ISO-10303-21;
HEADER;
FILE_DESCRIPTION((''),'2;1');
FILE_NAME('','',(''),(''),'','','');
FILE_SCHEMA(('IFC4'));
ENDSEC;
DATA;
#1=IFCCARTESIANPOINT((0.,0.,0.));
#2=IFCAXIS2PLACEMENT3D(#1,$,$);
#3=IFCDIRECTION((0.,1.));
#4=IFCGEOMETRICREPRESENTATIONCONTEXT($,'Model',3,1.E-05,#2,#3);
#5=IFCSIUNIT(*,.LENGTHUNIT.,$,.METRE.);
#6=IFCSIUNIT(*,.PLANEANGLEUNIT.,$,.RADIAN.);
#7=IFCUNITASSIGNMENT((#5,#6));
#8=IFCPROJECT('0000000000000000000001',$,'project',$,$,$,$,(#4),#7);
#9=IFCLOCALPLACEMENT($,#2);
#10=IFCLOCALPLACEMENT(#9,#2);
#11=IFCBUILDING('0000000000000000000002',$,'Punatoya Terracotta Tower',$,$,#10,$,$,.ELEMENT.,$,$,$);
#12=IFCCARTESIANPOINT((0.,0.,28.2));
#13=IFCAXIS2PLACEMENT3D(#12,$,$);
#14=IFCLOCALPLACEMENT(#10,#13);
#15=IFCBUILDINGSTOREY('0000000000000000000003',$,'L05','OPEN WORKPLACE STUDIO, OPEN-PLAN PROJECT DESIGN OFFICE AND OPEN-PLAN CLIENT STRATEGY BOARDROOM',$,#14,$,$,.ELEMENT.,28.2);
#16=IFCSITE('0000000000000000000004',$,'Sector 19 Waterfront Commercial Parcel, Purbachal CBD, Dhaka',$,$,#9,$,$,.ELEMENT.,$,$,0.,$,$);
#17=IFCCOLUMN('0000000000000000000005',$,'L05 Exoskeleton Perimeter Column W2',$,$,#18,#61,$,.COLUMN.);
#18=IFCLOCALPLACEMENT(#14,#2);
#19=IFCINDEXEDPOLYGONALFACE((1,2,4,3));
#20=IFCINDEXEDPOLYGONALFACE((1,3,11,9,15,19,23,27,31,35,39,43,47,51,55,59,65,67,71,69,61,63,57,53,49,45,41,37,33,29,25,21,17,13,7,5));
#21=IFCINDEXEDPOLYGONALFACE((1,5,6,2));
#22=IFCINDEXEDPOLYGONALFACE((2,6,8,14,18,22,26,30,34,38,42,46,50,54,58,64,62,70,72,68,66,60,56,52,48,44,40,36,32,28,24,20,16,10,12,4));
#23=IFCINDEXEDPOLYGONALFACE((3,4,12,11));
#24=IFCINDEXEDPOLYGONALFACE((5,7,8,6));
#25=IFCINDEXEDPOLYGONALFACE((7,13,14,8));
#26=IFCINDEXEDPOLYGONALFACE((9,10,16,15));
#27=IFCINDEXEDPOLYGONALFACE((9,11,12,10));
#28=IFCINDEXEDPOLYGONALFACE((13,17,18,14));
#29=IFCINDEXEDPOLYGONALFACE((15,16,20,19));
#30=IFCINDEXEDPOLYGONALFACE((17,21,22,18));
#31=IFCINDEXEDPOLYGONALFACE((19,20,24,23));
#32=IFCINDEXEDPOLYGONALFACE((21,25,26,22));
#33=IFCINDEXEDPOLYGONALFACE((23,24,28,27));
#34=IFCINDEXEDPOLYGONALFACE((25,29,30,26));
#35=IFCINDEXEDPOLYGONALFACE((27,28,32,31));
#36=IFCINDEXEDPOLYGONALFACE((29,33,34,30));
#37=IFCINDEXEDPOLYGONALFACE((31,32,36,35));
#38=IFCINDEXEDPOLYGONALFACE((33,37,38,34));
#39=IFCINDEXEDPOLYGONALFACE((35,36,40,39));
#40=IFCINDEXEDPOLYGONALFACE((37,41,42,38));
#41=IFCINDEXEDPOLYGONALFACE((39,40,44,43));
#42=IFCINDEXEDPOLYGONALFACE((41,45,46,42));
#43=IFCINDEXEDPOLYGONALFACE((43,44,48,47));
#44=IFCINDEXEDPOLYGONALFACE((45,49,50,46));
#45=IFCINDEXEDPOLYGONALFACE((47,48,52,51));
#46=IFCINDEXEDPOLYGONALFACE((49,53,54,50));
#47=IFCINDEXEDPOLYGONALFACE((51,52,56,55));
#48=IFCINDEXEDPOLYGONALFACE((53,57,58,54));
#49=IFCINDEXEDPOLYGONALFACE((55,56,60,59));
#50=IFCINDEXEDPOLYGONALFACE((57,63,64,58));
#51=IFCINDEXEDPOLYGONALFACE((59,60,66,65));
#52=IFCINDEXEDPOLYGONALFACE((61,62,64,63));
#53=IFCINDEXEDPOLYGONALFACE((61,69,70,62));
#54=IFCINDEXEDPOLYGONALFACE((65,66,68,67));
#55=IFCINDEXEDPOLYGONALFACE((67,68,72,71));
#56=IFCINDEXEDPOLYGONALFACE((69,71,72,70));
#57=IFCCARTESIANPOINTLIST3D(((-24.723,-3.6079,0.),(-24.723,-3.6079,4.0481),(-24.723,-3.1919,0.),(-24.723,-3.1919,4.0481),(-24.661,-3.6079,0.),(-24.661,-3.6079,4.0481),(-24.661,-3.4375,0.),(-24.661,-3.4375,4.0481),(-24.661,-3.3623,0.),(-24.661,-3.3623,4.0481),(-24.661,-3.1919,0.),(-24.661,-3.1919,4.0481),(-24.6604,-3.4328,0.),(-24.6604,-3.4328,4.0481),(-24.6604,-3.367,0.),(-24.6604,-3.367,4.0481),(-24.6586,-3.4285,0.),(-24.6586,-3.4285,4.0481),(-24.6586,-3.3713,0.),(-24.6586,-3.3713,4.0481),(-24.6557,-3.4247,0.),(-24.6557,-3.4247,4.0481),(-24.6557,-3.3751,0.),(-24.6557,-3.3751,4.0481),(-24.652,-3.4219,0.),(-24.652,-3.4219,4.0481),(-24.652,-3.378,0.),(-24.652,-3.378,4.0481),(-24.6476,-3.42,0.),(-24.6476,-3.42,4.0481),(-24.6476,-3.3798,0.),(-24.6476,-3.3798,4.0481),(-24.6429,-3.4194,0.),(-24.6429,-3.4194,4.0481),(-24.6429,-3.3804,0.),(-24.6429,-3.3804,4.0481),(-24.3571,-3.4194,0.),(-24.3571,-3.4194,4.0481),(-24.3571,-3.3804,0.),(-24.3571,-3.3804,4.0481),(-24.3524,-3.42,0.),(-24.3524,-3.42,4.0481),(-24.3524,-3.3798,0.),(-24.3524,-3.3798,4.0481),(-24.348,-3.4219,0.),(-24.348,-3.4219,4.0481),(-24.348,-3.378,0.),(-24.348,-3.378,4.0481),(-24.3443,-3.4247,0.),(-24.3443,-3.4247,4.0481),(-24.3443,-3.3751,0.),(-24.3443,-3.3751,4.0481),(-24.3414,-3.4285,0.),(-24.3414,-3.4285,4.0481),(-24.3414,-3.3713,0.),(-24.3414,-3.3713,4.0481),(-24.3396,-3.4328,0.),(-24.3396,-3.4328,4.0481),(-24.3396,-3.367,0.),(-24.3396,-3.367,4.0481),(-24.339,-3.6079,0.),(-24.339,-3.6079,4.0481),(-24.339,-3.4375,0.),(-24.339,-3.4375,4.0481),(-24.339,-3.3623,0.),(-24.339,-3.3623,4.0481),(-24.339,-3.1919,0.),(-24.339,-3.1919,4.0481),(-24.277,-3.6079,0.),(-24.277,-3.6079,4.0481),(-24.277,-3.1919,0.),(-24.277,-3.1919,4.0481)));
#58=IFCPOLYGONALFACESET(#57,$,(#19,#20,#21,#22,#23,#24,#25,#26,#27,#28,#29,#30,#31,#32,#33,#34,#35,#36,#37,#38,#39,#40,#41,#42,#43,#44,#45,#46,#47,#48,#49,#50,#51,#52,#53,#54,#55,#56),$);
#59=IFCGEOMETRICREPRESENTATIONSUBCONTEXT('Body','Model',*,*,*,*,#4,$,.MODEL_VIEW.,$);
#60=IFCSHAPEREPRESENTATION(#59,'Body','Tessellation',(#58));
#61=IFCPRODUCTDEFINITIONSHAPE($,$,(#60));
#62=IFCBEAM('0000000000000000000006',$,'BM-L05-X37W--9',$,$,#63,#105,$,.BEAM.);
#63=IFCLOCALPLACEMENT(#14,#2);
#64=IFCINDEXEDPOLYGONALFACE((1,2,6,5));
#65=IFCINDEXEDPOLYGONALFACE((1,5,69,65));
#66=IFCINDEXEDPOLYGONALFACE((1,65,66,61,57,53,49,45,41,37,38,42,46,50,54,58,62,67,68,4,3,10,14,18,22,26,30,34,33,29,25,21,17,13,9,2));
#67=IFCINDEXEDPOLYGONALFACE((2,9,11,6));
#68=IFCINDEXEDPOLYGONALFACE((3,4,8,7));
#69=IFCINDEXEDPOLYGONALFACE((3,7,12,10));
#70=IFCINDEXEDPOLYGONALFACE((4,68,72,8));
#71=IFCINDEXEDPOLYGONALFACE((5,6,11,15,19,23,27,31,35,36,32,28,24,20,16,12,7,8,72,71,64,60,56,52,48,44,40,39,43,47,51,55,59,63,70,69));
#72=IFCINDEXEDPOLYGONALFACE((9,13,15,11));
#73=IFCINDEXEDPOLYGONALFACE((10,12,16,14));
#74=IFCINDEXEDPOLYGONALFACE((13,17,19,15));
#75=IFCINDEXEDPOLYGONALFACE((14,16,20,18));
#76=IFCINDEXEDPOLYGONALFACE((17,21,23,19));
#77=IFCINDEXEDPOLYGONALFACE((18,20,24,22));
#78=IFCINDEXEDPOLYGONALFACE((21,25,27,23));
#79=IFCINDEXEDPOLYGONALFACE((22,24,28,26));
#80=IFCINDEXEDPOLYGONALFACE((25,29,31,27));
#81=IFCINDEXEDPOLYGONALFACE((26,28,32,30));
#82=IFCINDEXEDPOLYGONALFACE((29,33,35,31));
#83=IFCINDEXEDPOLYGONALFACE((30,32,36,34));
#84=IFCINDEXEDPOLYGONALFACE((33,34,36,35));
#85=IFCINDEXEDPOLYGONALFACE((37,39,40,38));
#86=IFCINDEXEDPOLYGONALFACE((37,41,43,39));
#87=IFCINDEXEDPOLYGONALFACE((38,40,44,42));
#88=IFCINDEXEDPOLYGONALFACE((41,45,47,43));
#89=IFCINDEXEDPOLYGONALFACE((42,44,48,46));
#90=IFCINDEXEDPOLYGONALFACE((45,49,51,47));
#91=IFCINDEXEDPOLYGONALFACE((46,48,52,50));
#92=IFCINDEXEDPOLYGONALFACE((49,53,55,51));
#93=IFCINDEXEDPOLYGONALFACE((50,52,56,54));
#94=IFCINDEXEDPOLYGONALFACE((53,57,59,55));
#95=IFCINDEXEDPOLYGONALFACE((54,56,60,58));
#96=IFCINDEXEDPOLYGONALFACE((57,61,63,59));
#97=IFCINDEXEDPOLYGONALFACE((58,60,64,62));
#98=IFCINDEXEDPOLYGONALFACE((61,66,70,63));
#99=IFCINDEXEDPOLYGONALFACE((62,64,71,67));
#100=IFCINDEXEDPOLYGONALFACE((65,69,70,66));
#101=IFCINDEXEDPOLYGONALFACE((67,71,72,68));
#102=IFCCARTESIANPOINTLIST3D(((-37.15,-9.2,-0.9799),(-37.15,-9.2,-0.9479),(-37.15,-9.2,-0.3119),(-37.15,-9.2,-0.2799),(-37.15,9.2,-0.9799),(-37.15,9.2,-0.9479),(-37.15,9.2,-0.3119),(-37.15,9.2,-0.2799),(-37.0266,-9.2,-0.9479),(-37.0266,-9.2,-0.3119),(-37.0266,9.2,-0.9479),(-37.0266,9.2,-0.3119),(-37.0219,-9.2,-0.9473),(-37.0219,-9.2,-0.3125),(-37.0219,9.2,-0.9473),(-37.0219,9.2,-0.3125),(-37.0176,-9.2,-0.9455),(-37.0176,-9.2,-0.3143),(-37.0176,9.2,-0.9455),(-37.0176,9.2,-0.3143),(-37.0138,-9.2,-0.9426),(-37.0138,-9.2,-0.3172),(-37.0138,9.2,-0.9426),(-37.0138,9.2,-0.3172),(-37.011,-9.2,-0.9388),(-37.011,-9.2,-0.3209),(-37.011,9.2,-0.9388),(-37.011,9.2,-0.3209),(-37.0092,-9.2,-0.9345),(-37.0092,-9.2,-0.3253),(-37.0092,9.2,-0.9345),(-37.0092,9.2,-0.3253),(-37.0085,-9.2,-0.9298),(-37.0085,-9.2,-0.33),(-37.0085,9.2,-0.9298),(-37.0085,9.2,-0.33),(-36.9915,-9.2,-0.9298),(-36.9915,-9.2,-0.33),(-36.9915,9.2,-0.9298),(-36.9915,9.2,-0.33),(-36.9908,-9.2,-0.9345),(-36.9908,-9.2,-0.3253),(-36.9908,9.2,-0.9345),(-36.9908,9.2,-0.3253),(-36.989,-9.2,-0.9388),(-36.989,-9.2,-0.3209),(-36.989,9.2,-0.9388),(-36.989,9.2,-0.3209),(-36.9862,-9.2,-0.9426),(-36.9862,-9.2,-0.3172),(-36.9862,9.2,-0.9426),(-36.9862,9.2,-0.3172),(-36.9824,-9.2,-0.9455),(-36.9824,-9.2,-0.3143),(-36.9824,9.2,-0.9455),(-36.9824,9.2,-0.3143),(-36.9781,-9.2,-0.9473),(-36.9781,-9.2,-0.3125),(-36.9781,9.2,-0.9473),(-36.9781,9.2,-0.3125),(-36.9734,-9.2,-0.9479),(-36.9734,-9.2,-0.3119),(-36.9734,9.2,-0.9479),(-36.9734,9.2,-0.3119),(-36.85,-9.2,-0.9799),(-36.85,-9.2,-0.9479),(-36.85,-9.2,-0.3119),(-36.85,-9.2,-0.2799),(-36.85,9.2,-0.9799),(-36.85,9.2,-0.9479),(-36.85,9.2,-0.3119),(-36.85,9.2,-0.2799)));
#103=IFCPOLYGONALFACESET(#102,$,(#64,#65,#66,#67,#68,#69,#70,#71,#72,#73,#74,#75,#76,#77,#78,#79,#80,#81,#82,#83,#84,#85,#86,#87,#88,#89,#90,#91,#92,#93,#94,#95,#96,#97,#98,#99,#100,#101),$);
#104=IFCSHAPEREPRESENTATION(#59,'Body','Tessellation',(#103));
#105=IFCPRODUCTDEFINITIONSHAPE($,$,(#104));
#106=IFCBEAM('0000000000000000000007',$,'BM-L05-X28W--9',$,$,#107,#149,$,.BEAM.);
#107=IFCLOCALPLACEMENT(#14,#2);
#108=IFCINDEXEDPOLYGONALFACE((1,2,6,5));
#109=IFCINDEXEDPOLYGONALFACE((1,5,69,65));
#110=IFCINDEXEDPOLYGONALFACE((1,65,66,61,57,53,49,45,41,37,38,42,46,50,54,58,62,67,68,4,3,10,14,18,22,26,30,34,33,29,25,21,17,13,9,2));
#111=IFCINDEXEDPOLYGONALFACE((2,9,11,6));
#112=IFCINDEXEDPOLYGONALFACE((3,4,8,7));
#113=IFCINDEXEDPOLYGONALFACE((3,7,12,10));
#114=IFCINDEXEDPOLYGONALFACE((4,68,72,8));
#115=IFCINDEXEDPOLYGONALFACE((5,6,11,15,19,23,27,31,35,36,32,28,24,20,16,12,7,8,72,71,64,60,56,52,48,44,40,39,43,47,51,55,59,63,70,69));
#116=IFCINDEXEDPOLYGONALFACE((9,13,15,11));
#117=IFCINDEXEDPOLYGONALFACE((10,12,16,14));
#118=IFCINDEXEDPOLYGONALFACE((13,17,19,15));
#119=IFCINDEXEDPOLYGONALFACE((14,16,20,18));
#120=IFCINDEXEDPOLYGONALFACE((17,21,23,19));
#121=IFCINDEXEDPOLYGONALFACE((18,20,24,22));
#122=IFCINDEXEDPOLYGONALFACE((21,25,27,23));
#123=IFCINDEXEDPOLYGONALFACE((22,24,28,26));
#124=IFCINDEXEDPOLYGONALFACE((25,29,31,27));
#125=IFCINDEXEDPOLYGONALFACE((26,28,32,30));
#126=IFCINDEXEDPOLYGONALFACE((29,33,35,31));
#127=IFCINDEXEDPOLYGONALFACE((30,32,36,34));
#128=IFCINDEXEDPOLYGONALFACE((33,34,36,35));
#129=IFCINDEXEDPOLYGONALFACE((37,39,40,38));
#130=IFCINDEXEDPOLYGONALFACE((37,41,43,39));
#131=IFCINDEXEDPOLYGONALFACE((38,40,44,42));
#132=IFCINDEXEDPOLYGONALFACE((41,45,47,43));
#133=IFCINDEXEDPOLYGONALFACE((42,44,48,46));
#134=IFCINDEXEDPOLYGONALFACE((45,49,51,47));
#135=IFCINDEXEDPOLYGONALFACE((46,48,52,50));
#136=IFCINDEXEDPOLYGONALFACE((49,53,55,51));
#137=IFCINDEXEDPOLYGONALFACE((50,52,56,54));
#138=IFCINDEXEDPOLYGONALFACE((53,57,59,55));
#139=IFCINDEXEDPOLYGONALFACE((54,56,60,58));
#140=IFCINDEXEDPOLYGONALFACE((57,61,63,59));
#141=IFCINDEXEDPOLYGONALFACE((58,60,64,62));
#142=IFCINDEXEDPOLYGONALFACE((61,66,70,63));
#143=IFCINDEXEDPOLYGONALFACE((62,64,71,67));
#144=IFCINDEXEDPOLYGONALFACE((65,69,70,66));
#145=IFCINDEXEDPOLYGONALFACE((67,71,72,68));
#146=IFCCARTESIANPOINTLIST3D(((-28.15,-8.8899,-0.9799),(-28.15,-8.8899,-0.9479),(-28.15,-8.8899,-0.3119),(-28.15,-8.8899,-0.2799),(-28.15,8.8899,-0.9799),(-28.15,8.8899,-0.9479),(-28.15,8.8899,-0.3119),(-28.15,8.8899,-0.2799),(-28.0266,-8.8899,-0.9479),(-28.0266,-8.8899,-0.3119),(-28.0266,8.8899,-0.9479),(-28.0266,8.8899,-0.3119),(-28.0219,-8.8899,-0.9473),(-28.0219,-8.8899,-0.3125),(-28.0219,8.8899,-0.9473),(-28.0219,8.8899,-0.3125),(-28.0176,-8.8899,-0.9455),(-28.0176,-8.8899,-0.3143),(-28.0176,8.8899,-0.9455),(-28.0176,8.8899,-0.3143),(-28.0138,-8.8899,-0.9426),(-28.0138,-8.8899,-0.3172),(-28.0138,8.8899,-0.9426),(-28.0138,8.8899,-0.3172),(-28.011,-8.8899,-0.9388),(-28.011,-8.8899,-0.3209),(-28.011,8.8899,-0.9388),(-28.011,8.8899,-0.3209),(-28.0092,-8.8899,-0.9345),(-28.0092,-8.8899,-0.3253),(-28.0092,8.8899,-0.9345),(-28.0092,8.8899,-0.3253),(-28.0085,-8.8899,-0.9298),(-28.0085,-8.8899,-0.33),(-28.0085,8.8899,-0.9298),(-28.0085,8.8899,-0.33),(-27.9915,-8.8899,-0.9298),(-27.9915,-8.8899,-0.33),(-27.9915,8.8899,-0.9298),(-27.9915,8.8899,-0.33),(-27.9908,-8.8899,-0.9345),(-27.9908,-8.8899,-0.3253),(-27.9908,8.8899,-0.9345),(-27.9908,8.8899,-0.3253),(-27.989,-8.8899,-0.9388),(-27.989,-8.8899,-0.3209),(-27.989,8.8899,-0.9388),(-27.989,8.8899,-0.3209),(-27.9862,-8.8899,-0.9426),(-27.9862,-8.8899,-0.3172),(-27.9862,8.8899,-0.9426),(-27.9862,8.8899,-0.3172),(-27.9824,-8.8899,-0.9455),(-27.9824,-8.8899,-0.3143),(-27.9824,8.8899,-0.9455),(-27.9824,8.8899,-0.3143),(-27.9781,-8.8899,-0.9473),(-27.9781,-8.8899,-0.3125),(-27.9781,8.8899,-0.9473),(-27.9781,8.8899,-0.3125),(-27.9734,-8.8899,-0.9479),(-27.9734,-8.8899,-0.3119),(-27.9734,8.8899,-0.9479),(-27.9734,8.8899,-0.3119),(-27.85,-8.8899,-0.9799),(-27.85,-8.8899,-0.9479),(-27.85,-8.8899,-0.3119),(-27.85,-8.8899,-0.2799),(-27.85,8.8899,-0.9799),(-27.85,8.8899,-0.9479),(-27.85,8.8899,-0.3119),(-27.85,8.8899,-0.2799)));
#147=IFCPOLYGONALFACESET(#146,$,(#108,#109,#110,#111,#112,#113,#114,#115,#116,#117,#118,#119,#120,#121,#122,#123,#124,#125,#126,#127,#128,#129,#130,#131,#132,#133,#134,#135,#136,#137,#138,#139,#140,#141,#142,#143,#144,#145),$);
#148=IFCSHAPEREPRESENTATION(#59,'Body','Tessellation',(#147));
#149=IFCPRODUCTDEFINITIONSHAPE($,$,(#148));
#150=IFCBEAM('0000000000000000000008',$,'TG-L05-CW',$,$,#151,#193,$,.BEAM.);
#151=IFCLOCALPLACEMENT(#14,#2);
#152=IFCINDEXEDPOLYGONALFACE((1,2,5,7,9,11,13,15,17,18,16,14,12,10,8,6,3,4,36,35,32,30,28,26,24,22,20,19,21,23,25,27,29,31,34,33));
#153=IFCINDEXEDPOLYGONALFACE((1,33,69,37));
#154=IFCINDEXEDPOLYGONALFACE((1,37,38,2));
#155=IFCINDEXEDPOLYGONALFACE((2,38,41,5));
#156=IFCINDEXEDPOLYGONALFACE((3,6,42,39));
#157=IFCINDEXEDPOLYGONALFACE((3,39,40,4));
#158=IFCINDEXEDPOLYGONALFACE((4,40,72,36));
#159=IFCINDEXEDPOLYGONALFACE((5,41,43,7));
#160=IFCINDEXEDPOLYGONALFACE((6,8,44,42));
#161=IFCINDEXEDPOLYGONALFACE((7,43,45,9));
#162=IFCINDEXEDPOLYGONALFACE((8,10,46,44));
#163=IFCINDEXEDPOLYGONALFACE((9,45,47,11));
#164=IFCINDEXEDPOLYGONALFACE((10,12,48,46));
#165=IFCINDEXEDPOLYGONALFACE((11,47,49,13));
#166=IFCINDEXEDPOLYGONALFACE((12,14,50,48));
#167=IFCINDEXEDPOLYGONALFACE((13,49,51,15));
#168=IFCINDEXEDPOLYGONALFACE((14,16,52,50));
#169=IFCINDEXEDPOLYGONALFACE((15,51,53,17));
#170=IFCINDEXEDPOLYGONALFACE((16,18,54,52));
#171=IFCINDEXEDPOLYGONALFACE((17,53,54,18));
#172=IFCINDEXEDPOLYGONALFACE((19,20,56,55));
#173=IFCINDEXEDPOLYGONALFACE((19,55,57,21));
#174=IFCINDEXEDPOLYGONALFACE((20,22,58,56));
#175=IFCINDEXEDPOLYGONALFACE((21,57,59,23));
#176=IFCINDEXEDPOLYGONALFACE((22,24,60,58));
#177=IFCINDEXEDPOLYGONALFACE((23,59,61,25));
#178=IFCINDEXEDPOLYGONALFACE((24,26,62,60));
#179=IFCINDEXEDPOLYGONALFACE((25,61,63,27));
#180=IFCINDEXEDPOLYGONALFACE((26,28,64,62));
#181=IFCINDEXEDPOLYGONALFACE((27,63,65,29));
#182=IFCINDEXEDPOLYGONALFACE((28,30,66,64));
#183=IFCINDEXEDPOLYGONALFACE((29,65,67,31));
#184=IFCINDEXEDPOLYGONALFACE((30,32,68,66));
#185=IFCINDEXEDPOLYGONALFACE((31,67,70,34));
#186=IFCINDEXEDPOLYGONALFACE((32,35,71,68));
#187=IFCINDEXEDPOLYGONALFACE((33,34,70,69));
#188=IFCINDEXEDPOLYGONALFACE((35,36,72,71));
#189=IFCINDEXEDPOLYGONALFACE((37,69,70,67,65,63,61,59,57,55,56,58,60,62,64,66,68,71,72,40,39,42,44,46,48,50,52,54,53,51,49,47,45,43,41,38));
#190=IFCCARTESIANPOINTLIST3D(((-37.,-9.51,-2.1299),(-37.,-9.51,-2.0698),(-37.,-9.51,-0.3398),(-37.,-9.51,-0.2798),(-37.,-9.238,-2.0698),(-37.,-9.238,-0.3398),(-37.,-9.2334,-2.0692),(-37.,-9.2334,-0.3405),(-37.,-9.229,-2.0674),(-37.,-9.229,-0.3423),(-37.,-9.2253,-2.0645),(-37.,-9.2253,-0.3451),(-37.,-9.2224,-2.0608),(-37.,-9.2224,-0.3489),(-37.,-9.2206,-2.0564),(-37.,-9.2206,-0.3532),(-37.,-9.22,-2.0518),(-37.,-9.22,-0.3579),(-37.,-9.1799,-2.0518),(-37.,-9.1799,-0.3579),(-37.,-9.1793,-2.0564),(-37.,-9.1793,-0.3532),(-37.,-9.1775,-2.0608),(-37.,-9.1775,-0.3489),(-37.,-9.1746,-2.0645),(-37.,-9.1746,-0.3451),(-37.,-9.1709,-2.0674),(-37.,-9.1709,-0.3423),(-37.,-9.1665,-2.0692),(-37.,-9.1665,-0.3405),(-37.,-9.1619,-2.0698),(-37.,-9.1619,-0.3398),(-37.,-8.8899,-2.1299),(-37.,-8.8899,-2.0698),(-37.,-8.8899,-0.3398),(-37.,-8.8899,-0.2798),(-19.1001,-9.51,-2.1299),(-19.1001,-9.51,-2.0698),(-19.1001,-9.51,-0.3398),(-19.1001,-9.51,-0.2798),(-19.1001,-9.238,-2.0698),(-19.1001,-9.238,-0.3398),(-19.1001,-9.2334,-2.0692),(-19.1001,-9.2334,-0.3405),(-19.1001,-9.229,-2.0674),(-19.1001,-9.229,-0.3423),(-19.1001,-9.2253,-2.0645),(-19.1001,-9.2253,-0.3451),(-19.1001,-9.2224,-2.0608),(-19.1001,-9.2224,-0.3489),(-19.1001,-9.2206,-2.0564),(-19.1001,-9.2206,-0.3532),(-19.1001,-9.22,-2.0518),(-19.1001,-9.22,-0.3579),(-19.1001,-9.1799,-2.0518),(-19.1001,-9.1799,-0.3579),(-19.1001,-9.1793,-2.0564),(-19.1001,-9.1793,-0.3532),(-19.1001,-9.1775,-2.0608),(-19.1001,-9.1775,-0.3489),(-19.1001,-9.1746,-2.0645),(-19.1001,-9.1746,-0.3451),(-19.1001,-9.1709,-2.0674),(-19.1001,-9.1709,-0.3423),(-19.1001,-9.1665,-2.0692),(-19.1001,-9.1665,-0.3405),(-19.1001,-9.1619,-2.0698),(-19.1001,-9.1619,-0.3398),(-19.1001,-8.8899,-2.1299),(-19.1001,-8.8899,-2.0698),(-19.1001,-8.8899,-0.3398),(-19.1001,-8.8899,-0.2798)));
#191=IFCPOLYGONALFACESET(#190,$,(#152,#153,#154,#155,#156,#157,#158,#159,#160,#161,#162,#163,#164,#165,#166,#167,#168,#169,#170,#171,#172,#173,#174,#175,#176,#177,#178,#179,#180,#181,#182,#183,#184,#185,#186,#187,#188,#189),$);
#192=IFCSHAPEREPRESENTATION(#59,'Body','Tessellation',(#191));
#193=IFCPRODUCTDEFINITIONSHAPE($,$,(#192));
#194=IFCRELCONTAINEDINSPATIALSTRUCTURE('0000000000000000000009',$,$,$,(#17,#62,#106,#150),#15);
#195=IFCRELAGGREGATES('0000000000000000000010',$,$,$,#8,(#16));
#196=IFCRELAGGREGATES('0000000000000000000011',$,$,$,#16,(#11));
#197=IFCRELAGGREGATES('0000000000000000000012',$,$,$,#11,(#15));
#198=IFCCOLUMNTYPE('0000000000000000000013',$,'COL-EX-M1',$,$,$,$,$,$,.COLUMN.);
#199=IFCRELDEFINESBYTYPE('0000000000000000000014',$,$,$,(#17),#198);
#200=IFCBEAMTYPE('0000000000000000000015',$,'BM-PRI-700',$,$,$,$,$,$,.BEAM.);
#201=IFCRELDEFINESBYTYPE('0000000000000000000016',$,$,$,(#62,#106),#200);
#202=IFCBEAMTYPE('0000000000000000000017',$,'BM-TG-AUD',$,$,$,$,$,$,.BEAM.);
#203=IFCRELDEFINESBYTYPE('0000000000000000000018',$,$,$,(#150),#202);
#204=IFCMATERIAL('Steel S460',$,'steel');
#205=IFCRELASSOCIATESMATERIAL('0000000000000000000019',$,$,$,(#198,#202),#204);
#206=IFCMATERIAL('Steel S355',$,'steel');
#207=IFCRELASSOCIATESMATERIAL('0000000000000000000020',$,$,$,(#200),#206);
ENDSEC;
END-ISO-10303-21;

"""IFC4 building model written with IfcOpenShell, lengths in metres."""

from ifc_helpers import new_model, si_unit, direction, frame, origin, origin_2d, place, context, subcontext, project, spatial, i_section, extrude, material, material_profile, profile_set, type_object, element, save


model = new_model("IFC4")

# Units and contexts
model_context = context("Model", 3, precision=1e-05, world=origin(), true_north=direction((0.0, 1.0)))
body_context = subcontext(model_context, "Body", "Model", "MODEL_VIEW")
ifc_project = project(units=[si_unit("LENGTHUNIT", "METRE"), si_unit("PLANEANGLEUNIT", "RADIAN")], contexts=[model_context])

# Site, building, storey
site_placement = place(None, origin())
site = spatial("IfcSite", under=ifc_project, at=site_placement, Name="Sector 19 Waterfront Commercial Parcel, Purbachal CBD, Dhaka", CompositionType="ELEMENT", RefElevation=0.0)
building_placement = place(site_placement, origin())
building = spatial("IfcBuilding", under=site, at=building_placement, Name="Punatoya Terracotta Tower", CompositionType="ELEMENT")
storey_placement = place(building_placement, frame((0.0, 0.0, 28.2)))
storey = spatial("IfcBuildingStorey", under=building, at=storey_placement, Name="L05", Description="OPEN WORKPLACE STUDIO, OPEN-PLAN PROJECT DESIGN OFFICE AND OPEN-PLAN CLIENT STRATEGY BOARDROOM", CompositionType="ELEMENT", Elevation=28.2)

# Column
ifc_material_1 = material(Name="Steel S460", Category="steel")
ifc_material_profile_1 = material_profile(ifc_material_1, i_section(OverallWidth=0.416, OverallDepth=0.446, WebThickness=0.0391, FlangeThickness=0.062, FilletRadius=0.0181, at=origin_2d()))
ifc_profile_set_1 = profile_set([ifc_material_profile_1], Name="Steel S460")
column_type = type_object("IfcColumnType", Name="COL-EX-M1", PredefinedType="COLUMN", material=ifc_profile_set_1)
column_placement = place(storey_placement, frame((-24.5, -3.3999, 0.0), z_axis=(0.0, 0.0, 1.0), x_axis=(0.0, 1.0, 0.0)))
element("IfcColumn", 1, at=column_placement, inside=storey, type_object=column_type, Name="L05 Exoskeleton Perimeter Column W2", PredefinedType="COLUMN", context=body_context, shape_type="SweptSolid", body=[
    extrude(i_section(OverallWidth=0.416, OverallDepth=0.446, WebThickness=0.0391, FlangeThickness=0.062, FilletRadius=0.0181, at=origin_2d()), origin(), (0.0, 0.0, 1.0), 4.0481),
])

# Beams
ifc_material_2 = material(Name="Steel S355", Category="steel")
ifc_material_profile_2 = material_profile(ifc_material_2, i_section(OverallWidth=0.3, OverallDepth=0.7, WebThickness=0.0171, FlangeThickness=0.032, FilletRadius=0.0181, at=origin_2d()))
ifc_profile_set_2 = profile_set([ifc_material_profile_2], Name="Steel S355")
beam_type_1 = type_object("IfcBeamType", Name="BM-PRI-700", PredefinedType="BEAM", material=ifc_profile_set_2)
beam_1_placement = place(storey_placement, frame((-37.0, -9.2, -0.6299), z_axis=(0.0, 1.0, 0.0), x_axis=(-1.0, 0.0, 0.0)))
element("IfcBeam", 2, at=beam_1_placement, inside=storey, type_object=beam_type_1, Name="BM-L05-X37W--9", PredefinedType="BEAM", context=body_context, shape_type="SweptSolid", body=[
    extrude(i_section(OverallWidth=0.3, OverallDepth=0.7, WebThickness=0.0171, FlangeThickness=0.032, FilletRadius=0.0181, at=origin_2d()), origin(), (0.0, 0.0, 1.0), 18.3999),
])
beam_2_placement = place(storey_placement, frame((-28.0, -8.8899, -0.6299), z_axis=(0.0, 1.0, 0.0), x_axis=(-1.0, 0.0, 0.0)))
element("IfcBeam", 3, at=beam_2_placement, inside=storey, type_object=beam_type_1, Name="BM-L05-X28W--9", PredefinedType="BEAM", context=body_context, shape_type="SweptSolid", body=[
    extrude(i_section(OverallWidth=0.3, OverallDepth=0.7, WebThickness=0.0171, FlangeThickness=0.032, FilletRadius=0.0181, at=origin_2d()), origin(), (0.0, 0.0, 1.0), 17.7798),
])
ifc_material_profile_3 = material_profile(ifc_material_1, i_section(OverallWidth=0.6201, OverallDepth=1.8501, WebThickness=0.04, FlangeThickness=0.0601, FilletRadius=0.0181, at=origin_2d()))
ifc_profile_set_3 = profile_set([ifc_material_profile_3], Name="Steel S460")
beam_type_2 = type_object("IfcBeamType", Name="BM-TG-AUD", PredefinedType="BEAM", material=ifc_profile_set_3)
beam_3_placement = place(storey_placement, frame((-37.0, -9.2, -1.2048), z_axis=(1.0, 0.0, 0.0), x_axis=(0.0, 1.0, 0.0)))
element("IfcBeam", 4, at=beam_3_placement, inside=storey, type_object=beam_type_2, Name="TG-L05-CW", PredefinedType="BEAM", context=body_context, shape_type="SweptSolid", body=[
    extrude(i_section(OverallWidth=0.6201, OverallDepth=1.8501, WebThickness=0.04, FlangeThickness=0.0601, FilletRadius=0.0181, at=origin_2d()), origin(), (0.0, 0.0, 1.0), 17.8999),
])

save(model, "model.ifc")
